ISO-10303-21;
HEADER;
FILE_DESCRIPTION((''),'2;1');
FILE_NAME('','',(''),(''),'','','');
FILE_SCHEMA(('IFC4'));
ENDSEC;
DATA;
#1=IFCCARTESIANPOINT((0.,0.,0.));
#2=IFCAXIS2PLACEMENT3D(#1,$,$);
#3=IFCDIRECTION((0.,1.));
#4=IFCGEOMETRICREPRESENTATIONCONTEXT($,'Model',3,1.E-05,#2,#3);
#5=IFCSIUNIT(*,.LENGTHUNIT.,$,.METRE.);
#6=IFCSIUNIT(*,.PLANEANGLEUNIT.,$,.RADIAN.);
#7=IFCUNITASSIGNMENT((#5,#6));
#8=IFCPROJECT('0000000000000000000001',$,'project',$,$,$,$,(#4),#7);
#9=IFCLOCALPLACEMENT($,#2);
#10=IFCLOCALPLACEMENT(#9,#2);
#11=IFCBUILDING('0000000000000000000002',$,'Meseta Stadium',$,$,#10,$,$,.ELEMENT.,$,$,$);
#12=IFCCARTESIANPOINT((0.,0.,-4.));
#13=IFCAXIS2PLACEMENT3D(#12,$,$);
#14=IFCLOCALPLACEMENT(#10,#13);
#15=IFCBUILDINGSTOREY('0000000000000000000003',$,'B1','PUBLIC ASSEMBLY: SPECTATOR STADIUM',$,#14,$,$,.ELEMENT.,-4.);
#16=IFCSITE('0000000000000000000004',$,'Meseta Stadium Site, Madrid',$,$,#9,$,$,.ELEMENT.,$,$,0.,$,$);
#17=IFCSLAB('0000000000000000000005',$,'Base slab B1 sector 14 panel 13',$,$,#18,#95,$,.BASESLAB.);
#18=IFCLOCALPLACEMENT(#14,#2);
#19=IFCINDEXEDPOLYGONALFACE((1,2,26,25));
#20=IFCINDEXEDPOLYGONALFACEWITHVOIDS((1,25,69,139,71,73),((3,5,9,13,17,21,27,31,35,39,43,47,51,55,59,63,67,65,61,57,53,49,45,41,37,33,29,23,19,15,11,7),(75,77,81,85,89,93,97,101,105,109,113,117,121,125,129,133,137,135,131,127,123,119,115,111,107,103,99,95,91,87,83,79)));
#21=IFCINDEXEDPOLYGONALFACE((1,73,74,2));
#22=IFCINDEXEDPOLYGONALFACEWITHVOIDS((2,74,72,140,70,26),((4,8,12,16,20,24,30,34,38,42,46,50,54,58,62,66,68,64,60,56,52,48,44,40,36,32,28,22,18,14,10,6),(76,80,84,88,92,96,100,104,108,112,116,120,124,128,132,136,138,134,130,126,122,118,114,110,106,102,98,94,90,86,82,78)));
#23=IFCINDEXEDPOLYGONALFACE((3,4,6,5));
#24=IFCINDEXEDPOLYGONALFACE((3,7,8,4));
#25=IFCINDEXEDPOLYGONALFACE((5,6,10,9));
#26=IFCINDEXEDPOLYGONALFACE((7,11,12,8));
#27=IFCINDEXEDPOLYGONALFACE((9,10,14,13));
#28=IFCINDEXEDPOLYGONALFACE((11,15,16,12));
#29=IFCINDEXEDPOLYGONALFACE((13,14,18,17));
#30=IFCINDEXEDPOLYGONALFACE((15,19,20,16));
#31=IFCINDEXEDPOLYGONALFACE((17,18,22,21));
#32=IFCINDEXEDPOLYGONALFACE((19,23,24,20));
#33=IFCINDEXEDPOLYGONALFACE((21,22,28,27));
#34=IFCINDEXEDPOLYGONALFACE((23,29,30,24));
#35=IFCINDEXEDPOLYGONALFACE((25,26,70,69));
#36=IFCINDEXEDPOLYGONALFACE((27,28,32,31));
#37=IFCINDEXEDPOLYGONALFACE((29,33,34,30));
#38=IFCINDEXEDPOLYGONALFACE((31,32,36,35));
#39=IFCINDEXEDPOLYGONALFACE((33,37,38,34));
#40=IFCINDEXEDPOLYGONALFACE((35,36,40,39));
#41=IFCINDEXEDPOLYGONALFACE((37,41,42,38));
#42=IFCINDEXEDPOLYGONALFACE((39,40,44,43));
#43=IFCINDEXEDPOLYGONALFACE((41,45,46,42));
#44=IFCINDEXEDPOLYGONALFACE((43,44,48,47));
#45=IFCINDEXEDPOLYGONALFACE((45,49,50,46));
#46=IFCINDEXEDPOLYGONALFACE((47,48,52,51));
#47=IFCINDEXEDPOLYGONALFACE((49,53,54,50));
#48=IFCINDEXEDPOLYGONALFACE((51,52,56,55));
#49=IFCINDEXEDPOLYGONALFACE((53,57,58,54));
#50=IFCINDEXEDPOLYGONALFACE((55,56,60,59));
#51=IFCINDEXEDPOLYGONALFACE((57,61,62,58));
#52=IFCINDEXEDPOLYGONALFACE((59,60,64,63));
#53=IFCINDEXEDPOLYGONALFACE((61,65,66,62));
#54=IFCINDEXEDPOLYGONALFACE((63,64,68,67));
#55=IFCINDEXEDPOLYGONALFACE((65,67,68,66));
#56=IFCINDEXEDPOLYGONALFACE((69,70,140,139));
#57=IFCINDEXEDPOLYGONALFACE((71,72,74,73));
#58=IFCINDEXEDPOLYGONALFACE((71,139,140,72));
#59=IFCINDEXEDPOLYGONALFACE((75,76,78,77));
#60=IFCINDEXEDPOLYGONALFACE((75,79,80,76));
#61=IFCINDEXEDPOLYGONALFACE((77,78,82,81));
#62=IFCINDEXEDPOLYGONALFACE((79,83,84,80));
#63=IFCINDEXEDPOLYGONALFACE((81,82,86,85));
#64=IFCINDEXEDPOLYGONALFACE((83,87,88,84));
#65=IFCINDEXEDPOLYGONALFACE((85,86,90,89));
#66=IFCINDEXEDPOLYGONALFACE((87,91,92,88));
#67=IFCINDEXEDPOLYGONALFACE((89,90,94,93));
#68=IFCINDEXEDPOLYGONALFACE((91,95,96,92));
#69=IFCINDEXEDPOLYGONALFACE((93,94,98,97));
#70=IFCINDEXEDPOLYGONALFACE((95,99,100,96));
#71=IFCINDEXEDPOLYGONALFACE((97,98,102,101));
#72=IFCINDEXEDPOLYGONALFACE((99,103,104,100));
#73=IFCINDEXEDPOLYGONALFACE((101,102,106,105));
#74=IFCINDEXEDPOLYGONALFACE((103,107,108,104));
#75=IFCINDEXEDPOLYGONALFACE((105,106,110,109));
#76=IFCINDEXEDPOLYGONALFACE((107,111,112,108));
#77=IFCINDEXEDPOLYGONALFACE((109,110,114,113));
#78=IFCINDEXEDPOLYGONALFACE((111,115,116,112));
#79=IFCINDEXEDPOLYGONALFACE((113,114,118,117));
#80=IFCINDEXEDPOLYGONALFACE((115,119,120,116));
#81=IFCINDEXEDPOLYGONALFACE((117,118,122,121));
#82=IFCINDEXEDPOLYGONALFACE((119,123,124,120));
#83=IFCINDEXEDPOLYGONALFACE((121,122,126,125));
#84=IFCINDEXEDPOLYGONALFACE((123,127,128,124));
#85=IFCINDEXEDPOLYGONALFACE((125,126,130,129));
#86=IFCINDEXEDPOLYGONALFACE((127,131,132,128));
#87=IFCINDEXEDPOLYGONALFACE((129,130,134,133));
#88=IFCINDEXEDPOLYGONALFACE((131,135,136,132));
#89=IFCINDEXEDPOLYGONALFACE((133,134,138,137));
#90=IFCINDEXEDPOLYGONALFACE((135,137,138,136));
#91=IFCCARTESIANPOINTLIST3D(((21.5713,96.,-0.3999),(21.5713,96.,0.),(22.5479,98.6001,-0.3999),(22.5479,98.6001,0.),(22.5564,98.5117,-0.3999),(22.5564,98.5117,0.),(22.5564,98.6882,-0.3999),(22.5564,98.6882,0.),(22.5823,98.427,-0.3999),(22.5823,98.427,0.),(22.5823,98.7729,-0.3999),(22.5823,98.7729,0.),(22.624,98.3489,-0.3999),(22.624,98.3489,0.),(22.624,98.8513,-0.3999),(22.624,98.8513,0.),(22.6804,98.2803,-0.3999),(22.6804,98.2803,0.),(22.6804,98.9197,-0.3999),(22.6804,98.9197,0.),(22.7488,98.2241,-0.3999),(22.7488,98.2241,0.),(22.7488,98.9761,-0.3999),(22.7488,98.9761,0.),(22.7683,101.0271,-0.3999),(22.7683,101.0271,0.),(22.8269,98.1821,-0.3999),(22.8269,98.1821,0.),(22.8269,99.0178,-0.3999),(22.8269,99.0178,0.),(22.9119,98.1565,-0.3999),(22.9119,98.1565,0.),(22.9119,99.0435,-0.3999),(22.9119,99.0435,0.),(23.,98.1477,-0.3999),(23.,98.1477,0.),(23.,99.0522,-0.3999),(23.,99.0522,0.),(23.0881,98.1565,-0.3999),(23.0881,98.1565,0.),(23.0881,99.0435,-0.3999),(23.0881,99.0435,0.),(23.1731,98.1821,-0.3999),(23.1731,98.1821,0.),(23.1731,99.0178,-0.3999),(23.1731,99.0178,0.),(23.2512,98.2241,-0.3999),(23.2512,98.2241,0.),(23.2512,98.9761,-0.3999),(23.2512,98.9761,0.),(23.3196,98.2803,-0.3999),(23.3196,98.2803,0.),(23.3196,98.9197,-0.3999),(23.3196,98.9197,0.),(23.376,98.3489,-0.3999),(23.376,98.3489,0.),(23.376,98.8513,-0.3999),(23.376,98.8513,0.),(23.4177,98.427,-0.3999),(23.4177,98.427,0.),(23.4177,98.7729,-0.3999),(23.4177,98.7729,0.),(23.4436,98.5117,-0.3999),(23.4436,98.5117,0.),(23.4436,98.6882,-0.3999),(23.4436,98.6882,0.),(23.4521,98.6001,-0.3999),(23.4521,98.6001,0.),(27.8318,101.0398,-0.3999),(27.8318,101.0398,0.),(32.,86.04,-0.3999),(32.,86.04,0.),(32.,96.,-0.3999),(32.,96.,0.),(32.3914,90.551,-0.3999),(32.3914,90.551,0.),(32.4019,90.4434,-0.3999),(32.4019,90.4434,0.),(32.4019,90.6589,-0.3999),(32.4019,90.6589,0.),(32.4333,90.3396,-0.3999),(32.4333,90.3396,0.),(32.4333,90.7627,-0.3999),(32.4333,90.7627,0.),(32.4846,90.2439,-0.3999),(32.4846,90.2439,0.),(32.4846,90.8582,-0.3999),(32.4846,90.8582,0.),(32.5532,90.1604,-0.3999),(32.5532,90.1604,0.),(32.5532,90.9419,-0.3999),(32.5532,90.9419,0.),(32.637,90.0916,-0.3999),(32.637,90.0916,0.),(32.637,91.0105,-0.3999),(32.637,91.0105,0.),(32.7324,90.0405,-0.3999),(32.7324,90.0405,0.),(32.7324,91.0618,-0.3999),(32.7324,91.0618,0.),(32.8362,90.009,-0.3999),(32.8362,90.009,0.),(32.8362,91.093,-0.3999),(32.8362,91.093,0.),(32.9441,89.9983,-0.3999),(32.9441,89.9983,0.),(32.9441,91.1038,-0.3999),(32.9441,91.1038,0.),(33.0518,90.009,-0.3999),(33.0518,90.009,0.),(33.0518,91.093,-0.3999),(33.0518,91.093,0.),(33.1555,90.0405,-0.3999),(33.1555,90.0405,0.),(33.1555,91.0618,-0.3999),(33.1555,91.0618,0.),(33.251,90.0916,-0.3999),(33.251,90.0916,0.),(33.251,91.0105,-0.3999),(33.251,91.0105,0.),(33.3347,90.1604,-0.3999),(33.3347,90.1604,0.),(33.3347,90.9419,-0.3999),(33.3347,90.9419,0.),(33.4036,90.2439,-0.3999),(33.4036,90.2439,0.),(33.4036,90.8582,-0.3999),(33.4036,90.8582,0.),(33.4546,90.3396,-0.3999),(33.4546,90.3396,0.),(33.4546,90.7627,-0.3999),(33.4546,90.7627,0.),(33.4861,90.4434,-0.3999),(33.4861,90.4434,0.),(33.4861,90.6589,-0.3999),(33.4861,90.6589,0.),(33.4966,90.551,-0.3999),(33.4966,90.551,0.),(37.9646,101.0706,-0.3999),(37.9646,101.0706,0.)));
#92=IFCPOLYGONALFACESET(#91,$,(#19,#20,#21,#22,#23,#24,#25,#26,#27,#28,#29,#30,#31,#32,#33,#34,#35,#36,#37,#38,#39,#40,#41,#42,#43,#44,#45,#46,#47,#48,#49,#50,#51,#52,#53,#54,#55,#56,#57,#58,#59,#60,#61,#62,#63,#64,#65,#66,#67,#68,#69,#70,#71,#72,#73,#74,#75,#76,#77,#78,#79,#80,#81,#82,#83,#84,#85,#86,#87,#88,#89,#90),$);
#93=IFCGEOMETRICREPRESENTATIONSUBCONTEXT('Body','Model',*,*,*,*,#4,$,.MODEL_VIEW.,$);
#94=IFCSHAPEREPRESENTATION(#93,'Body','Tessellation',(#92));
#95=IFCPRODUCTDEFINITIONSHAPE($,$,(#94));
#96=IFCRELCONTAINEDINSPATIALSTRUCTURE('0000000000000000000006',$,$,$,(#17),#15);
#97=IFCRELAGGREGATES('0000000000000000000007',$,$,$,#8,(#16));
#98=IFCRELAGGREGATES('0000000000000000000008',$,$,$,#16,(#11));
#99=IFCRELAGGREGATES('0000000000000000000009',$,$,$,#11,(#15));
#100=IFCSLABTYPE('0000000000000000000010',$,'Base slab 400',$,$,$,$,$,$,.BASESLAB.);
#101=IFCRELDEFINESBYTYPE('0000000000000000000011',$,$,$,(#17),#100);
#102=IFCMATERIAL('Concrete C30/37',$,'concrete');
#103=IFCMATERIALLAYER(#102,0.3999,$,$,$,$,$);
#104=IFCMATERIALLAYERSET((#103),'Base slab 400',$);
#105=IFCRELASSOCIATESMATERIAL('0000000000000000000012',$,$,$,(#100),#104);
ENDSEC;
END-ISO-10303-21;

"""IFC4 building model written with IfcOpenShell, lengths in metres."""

from ifc_helpers import new_model, si_unit, direction, frame, origin, place, context, subcontext, project, spatial, polyline, outline, extrude, material, layer, layer_set, type_object, element, save


model = new_model("IFC4")

# Units and contexts
model_context = context("Model", 3, precision=1e-05, world=origin(), true_north=direction((0.0, 1.0)))
body_context = subcontext(model_context, "Body", "Model", "MODEL_VIEW")
ifc_project = project(units=[si_unit("LENGTHUNIT", "METRE"), si_unit("PLANEANGLEUNIT", "RADIAN")], contexts=[model_context])

# Site, building, storey
site_placement = place(None, origin())
site = spatial("IfcSite", under=ifc_project, at=site_placement, Name="Meseta Stadium Site, Madrid", CompositionType="ELEMENT", RefElevation=0.0)
building_placement = place(site_placement, origin())
building = spatial("IfcBuilding", under=site, at=building_placement, Name="Meseta Stadium", CompositionType="ELEMENT")
storey_placement = place(building_placement, frame((0.0, 0.0, -4.0)))
storey = spatial("IfcBuildingStorey", under=building, at=storey_placement, Name="B1", Description="PUBLIC ASSEMBLY: SPECTATOR STADIUM", CompositionType="ELEMENT", Elevation=-4.0)

# Slab
ifc_material_1 = material(Name="Concrete C30/37", Category="concrete")
ifc_layer = layer(ifc_material_1, 0.3999)
ifc_layer_set = layer_set([ifc_layer], Name="Base slab 400")
slab_type = type_object("IfcSlabType", Name="Base slab 400", PredefinedType="BASESLAB", material=ifc_layer_set)
slab_1_placement = place(storey_placement, frame((0.0, 0.0, -0.3999)))
element("IfcSlab", 1, at=slab_1_placement, inside=storey, type_object=slab_type, Name="Base slab B1 sector 14 panel 13", PredefinedType="BASESLAB", context=body_context, shape_type="SweptSolid", body=[
    extrude(outline(polyline([(32.0, 86.04), (37.9646, 101.0706), (27.8318, 101.0398), (22.7683, 101.0271), (21.5713, 96.0), (32.0, 96.0), (32.0, 86.04)]), holes=[polyline([(23.4177, 98.427), (23.376, 98.3489), (23.3196, 98.2803), (23.2512, 98.2241), (23.1731, 98.1821), (23.0881, 98.1565), (23.0, 98.1477), (22.9119, 98.1565), (22.8269, 98.1821), (22.7488, 98.2241), (22.6804, 98.2803), (22.624, 98.3489), (22.5823, 98.427), (22.5564, 98.5117), (22.5479, 98.6001), (22.5564, 98.6882), (22.5823, 98.7729), (22.624, 98.8513), (22.6804, 98.9197), (22.7488, 98.9761), (22.8269, 99.0178), (22.9119, 99.0435), (23.0, 99.0522), (23.0881, 99.0435), (23.1731, 99.0178), (23.2512, 98.9761), (23.3196, 98.9197), (23.376, 98.8513), (23.4177, 98.7729), (23.4436, 98.6882), (23.4521, 98.6001), (23.4436, 98.5117), (23.4177, 98.427)]), polyline([(33.3347, 90.1604), (33.251, 90.0916), (33.1555, 90.0405), (33.0518, 90.009), (32.9441, 89.9983), (32.8362, 90.009), (32.7324, 90.0405), (32.637, 90.0916), (32.5532, 90.1604), (32.4846, 90.2439), (32.4333, 90.3396), (32.4019, 90.4434), (32.3914, 90.551), (32.4019, 90.6589), (32.4333, 90.7627), (32.4846, 90.8582), (32.5532, 90.9419), (32.637, 91.0105), (32.7324, 91.0618), (32.8362, 91.093), (32.9441, 91.1038), (33.0518, 91.093), (33.1555, 91.0618), (33.251, 91.0105), (33.3347, 90.9419), (33.4036, 90.8582), (33.4546, 90.7627), (33.4861, 90.6589), (33.4966, 90.551), (33.4861, 90.4434), (33.4546, 90.3396), (33.4036, 90.2439), (33.3347, 90.1604)])]), origin(), (0.0, 0.0, 1.0), 0.3999),
])

save(model, "model.ifc")
